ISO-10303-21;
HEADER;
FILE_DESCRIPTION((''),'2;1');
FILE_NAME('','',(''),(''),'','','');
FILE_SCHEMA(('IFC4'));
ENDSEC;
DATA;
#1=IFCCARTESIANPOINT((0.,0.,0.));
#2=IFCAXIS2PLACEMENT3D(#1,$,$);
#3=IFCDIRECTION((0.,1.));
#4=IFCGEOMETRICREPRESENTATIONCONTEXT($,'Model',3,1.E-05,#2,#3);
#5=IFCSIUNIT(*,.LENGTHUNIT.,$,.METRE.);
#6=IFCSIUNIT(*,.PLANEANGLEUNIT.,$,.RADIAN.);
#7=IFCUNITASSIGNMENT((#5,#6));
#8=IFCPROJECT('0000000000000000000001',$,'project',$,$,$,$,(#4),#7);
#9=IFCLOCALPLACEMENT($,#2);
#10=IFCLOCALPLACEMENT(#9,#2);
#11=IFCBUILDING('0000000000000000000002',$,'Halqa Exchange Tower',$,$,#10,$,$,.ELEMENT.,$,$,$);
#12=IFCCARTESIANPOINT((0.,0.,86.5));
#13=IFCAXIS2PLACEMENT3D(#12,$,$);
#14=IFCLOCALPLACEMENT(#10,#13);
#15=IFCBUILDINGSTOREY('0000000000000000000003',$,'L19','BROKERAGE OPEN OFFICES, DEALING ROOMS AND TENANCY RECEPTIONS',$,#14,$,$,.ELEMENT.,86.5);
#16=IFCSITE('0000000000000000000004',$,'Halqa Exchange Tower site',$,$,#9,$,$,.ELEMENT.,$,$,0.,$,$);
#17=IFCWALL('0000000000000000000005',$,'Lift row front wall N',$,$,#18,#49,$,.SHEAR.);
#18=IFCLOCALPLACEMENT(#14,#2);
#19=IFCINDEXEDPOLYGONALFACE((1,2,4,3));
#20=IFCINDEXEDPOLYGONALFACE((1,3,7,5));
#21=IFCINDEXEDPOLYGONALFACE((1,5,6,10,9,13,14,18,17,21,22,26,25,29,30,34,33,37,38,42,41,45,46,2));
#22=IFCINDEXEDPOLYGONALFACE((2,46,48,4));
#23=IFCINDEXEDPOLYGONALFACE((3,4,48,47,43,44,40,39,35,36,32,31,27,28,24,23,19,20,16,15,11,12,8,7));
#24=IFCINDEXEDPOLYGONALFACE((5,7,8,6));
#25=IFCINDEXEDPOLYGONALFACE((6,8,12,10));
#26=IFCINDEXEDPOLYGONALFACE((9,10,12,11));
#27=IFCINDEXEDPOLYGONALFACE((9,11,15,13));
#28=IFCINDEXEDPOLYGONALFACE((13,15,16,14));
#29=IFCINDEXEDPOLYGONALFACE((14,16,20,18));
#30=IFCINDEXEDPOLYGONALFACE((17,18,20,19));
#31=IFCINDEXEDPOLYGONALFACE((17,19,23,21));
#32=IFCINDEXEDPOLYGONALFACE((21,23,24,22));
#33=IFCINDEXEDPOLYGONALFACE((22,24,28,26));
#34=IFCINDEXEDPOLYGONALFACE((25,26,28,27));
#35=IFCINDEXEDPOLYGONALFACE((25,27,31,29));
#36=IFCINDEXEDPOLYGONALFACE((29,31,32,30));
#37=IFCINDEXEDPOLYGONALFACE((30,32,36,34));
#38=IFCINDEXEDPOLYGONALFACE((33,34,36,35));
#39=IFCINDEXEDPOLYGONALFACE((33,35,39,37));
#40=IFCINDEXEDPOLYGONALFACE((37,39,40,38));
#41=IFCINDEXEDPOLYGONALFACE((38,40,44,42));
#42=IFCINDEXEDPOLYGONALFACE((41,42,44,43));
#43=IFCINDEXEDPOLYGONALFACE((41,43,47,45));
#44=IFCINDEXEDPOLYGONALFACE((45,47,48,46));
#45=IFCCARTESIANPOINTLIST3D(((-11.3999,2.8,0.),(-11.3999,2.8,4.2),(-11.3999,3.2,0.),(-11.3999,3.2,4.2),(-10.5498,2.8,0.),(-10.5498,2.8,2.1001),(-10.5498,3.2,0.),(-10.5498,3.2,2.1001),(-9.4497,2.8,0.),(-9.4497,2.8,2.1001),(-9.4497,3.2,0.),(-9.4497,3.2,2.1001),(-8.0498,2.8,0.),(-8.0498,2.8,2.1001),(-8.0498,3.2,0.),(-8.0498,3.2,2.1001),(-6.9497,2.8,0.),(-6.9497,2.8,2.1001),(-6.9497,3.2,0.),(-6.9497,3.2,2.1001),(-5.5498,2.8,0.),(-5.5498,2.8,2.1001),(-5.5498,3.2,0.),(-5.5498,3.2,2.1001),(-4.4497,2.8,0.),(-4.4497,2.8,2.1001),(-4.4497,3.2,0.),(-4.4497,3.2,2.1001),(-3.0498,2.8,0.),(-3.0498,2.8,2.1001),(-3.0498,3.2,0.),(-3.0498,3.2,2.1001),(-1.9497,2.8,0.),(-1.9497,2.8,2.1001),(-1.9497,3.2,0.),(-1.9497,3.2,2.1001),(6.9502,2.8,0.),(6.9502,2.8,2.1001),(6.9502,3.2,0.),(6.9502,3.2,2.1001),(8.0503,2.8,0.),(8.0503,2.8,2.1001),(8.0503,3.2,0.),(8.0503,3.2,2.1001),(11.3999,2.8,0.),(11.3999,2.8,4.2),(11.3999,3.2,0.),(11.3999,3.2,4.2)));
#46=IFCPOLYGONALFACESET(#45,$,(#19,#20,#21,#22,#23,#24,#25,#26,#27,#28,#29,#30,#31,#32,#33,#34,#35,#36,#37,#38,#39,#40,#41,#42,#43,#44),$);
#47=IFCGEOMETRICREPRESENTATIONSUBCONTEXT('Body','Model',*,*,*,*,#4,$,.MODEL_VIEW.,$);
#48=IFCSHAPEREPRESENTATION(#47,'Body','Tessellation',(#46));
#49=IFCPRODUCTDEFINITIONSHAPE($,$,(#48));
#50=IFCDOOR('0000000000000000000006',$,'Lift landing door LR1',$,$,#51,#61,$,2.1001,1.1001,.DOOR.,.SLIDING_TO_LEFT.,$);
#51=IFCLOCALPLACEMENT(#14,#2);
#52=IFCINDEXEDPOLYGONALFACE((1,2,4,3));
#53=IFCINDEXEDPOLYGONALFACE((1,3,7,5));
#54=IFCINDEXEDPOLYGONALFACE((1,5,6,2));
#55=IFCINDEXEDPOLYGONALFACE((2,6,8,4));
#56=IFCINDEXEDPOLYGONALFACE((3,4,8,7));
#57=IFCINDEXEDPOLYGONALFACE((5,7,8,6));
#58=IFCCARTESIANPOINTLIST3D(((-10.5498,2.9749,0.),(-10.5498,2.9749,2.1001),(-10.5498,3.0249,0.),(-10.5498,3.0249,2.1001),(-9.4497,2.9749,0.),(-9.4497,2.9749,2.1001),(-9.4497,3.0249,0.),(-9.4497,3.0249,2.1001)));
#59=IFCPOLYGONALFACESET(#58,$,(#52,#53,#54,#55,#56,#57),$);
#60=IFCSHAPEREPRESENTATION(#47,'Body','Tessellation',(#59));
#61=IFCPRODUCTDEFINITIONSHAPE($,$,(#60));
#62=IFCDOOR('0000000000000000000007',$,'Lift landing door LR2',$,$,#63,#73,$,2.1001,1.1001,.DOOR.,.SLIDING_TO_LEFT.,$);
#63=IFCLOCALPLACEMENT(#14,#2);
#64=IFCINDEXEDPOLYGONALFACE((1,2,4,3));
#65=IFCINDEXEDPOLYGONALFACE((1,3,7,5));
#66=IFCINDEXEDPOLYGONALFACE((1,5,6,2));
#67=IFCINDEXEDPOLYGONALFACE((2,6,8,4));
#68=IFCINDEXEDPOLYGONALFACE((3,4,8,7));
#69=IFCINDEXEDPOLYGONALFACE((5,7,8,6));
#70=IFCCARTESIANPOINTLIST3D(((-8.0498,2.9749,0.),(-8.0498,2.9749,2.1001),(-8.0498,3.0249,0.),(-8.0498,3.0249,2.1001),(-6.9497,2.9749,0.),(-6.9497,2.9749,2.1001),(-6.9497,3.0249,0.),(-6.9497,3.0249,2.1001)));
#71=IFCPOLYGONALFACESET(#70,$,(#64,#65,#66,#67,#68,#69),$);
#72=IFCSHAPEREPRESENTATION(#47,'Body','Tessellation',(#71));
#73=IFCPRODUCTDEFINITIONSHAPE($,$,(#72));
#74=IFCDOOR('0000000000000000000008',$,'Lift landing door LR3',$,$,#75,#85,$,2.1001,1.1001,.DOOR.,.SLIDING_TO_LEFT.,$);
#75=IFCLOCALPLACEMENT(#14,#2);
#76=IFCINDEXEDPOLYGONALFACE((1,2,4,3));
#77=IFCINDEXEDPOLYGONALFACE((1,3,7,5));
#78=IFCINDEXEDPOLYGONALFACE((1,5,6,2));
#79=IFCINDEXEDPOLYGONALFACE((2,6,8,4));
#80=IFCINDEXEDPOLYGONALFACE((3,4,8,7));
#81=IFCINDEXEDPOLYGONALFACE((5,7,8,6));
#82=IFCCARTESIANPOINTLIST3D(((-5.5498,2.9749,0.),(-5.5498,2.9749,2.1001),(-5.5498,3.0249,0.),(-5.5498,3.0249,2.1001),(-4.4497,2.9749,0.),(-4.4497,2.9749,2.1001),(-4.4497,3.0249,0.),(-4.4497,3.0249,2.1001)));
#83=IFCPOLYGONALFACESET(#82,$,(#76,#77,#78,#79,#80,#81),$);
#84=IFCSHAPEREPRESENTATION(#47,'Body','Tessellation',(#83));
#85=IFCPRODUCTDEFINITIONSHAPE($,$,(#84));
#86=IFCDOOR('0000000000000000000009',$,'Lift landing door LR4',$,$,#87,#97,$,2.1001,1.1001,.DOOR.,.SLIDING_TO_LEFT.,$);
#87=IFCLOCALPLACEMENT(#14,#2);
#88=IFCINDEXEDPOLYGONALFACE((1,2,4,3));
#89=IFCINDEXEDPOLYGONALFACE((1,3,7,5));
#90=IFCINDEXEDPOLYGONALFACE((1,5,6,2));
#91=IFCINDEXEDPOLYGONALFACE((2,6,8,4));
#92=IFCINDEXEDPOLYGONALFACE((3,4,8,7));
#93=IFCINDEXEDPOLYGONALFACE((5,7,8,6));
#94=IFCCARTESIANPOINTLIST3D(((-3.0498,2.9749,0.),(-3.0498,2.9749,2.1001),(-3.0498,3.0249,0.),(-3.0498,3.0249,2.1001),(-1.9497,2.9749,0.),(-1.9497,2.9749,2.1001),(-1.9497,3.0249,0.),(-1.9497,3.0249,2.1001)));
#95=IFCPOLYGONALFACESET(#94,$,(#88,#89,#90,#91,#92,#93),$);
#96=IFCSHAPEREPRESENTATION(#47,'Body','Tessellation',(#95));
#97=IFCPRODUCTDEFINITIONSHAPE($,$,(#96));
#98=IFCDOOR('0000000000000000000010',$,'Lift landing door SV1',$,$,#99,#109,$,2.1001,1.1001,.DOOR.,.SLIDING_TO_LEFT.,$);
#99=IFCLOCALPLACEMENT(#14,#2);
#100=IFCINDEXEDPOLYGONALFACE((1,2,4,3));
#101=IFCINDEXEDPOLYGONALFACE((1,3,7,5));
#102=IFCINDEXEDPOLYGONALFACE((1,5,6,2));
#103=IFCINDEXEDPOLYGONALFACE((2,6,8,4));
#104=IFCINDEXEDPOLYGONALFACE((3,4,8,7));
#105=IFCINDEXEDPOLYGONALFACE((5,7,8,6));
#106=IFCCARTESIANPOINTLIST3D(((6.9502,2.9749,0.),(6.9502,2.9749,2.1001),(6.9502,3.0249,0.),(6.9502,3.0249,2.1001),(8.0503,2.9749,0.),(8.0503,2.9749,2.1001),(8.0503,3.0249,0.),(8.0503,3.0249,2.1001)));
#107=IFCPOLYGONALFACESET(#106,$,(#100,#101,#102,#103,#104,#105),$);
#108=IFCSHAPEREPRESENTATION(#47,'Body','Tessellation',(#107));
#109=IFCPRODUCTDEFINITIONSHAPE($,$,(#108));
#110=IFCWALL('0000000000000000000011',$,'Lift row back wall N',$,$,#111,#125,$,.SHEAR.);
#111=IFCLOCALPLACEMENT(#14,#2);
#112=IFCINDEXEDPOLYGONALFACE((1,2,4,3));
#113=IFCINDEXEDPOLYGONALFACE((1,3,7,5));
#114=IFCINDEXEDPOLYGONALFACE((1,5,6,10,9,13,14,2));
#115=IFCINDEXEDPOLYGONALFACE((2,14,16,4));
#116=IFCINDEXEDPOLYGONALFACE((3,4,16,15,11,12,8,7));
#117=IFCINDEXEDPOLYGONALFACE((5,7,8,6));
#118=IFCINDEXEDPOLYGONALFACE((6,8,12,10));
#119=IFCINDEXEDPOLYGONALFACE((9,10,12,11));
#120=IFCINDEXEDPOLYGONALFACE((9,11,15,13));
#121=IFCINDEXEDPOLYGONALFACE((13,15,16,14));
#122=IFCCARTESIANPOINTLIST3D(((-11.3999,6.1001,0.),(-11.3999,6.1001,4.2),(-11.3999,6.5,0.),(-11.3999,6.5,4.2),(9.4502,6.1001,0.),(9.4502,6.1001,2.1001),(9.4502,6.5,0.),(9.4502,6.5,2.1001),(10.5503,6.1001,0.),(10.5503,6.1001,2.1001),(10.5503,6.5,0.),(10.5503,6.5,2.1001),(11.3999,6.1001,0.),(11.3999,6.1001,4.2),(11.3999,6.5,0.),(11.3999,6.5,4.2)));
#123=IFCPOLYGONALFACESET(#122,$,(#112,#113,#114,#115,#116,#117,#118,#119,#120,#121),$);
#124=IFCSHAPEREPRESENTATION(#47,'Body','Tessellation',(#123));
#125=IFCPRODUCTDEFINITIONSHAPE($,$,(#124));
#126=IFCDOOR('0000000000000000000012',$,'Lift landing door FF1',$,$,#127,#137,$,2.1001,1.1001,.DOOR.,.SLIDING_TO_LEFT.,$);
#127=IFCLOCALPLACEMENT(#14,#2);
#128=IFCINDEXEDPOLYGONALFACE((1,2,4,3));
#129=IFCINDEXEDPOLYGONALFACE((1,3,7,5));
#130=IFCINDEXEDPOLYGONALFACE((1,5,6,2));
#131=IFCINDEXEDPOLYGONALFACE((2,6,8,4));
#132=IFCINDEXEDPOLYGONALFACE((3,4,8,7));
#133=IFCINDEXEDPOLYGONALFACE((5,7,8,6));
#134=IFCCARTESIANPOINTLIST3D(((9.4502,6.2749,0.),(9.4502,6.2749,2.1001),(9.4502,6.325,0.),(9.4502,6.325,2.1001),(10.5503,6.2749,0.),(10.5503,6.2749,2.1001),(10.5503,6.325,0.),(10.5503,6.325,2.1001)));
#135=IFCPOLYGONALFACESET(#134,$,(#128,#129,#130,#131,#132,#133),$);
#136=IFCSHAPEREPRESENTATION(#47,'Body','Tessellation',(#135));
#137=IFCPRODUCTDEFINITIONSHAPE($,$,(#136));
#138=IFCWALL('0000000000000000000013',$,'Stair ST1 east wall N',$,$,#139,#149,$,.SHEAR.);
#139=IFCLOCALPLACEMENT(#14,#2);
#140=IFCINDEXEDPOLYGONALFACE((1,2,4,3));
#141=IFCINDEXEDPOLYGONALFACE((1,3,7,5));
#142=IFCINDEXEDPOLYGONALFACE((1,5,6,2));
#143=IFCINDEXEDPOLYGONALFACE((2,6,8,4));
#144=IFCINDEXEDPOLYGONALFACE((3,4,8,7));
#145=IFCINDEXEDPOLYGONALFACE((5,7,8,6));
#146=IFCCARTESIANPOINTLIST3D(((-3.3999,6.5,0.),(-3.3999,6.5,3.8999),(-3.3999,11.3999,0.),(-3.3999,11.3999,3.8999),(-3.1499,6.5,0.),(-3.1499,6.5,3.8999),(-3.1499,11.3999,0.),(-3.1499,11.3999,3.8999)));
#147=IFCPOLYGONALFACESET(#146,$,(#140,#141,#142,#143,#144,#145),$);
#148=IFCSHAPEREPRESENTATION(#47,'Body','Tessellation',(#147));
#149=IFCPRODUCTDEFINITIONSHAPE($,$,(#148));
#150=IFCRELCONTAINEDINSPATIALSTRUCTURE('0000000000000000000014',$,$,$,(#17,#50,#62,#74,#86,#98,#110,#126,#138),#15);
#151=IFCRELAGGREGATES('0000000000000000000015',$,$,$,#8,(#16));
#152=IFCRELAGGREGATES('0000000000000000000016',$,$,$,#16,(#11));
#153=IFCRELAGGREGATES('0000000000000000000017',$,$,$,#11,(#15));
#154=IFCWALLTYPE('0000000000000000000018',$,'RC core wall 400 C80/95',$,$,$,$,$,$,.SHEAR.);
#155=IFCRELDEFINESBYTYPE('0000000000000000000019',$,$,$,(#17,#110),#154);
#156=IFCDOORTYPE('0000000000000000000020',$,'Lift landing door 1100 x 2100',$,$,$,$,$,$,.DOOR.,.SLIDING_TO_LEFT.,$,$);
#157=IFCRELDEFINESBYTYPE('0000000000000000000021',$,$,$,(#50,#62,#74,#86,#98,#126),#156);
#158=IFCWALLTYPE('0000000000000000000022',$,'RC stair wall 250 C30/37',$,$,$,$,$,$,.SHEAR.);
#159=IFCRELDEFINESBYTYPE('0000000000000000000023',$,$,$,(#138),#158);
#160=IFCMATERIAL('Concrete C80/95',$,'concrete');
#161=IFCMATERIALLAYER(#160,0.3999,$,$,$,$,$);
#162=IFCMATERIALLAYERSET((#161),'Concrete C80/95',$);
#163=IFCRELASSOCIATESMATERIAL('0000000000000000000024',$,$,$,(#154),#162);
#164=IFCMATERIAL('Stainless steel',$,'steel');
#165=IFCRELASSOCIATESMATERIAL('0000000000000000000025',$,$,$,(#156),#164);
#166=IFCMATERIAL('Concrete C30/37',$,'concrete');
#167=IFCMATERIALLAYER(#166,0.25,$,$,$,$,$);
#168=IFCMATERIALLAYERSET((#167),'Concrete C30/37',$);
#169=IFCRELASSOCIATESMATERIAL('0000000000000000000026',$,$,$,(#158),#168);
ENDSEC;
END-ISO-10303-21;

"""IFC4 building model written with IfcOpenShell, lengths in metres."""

from ifc_helpers import new_model, si_unit, direction, frame, frame_2d, origin, place, context, subcontext, project, spatial, rectangle, extrude, material, layer, layer_set, type_object, element, fill, save


model = new_model("IFC4")

# Units and contexts
model_context = context("Model", 3, precision=1e-05, world=origin(), true_north=direction((0.0, 1.0)))
body_context = subcontext(model_context, "Body", "Model", "MODEL_VIEW")
ifc_project = project(units=[si_unit("LENGTHUNIT", "METRE"), si_unit("PLANEANGLEUNIT", "RADIAN")], contexts=[model_context])

# Site, building, storey
site_placement = place(None, origin())
site = spatial("IfcSite", under=ifc_project, at=site_placement, Name="Halqa Exchange Tower site", CompositionType="ELEMENT", RefElevation=0.0)
building_placement = place(site_placement, origin())
building = spatial("IfcBuilding", under=site, at=building_placement, Name="Halqa Exchange Tower", CompositionType="ELEMENT")
storey_placement = place(building_placement, frame((0.0, 0.0, 86.5)))
storey = spatial("IfcBuildingStorey", under=building, at=storey_placement, Name="L19", Description="BROKERAGE OPEN OFFICES, DEALING ROOMS AND TENANCY RECEPTIONS", CompositionType="ELEMENT", Elevation=86.5)

# Wall, openings, doors
ifc_material_1 = material(Name="Concrete C80/95", Category="concrete")
ifc_layer_1 = layer(ifc_material_1, 0.3999)
ifc_layer_set_1 = layer_set([ifc_layer_1], Name="Concrete C80/95")
wall_type_1 = type_object("IfcWallType", Name="RC core wall 400 C80/95", PredefinedType="SHEAR", material=ifc_layer_set_1)
wall_1_placement = place(storey_placement, frame((-11.3999, 3.0, 0.0), z_axis=(0.0, 0.0, 1.0), x_axis=(1.0, 0.0, 0.0)))
wall_1 = element("IfcWall", 1, at=wall_1_placement, inside=storey, type_object=wall_type_1, Name="Lift row front wall N", PredefinedType="SHEAR", context=body_context, shape_type="SweptSolid", body=[
    extrude(rectangle(XDim=22.7998, YDim=0.3999, at=frame_2d((11.3999, 0.0))), origin(), (0.0, 0.0, 1.0), 4.2),
])
opening_1_placement = place(wall_1_placement, frame((0.8501, 0.0, 0.0)))
opening_1 = element("IfcOpeningElement", 2, at=opening_1_placement, cuts=wall_1, PredefinedType="OPENING", context=body_context, shape_type="SweptSolid", body=[
    extrude(rectangle(XDim=1.1001, YDim=2.1001, at=frame_2d((0.55, 1.05))), frame((0.0, 0.2119, 0.0), z_axis=(0.0, -1.0, 0.0), x_axis=(1.0, 0.0, 0.0)), (0.0, 0.0, 1.0), 0.4238),
])
opening_2_placement = place(wall_1_placement, frame((3.3501, 0.0, 0.0)))
opening_2 = element("IfcOpeningElement", 3, at=opening_2_placement, cuts=wall_1, PredefinedType="OPENING", context=body_context, shape_type="SweptSolid", body=[
    extrude(rectangle(XDim=1.1001, YDim=2.1001, at=frame_2d((0.55, 1.05))), frame((0.0, 0.2119, 0.0), z_axis=(0.0, -1.0, 0.0), x_axis=(1.0, 0.0, 0.0)), (0.0, 0.0, 1.0), 0.4238),
])
opening_3_placement = place(wall_1_placement, frame((5.8501, 0.0, 0.0)))
opening_3 = element("IfcOpeningElement", 4, at=opening_3_placement, cuts=wall_1, PredefinedType="OPENING", context=body_context, shape_type="SweptSolid", body=[
    extrude(rectangle(XDim=1.1001, YDim=2.1001, at=frame_2d((0.55, 1.05))), frame((0.0, 0.2119, 0.0), z_axis=(0.0, -1.0, 0.0), x_axis=(1.0, 0.0, 0.0)), (0.0, 0.0, 1.0), 0.4238),
])
opening_4_placement = place(wall_1_placement, frame((8.3501, 0.0, 0.0)))
opening_4 = element("IfcOpeningElement", 5, at=opening_4_placement, cuts=wall_1, PredefinedType="OPENING", context=body_context, shape_type="SweptSolid", body=[
    extrude(rectangle(XDim=1.1001, YDim=2.1001, at=frame_2d((0.55, 1.05))), frame((0.0, 0.2119, 0.0), z_axis=(0.0, -1.0, 0.0), x_axis=(1.0, 0.0, 0.0)), (0.0, 0.0, 1.0), 0.4238),
])
opening_5_placement = place(wall_1_placement, frame((18.3501, 0.0, 0.0)))
opening_5 = element("IfcOpeningElement", 6, at=opening_5_placement, cuts=wall_1, PredefinedType="OPENING", context=body_context, shape_type="SweptSolid", body=[
    extrude(rectangle(XDim=1.1001, YDim=2.1001, at=frame_2d((0.55, 1.05))), frame((0.0, 0.2119, 0.0), z_axis=(0.0, -1.0, 0.0), x_axis=(1.0, 0.0, 0.0)), (0.0, 0.0, 1.0), 0.4238),
])
ifc_material_2 = material(Name="Stainless steel", Category="steel")
door_type = type_object("IfcDoorType", Name="Lift landing door 1100 x 2100", OperationType="SLIDING_TO_LEFT", PredefinedType="DOOR", material=ifc_material_2)
door_1_placement = place(opening_1_placement, origin())
door_1 = element("IfcDoor", 7, at=door_1_placement, inside=storey, type_object=door_type, Name="Lift landing door LR1", OperationType="SLIDING_TO_LEFT", OverallHeight=2.1001, OverallWidth=1.1001, PredefinedType="DOOR", context=body_context, shape_type="SweptSolid", body=[
    extrude(rectangle(XDim=1.1001, YDim=2.1001, at=frame_2d((0.55, 1.05))), frame((0.0, 0.0249, 0.0), z_axis=(0.0, -1.0, 0.0), x_axis=(1.0, 0.0, 0.0)), (0.0, 0.0, 1.0), 0.05),
])
fill(opening_1, door_1)
door_2_placement = place(opening_2_placement, origin())
door_2 = element("IfcDoor", 8, at=door_2_placement, inside=storey, type_object=door_type, Name="Lift landing door LR2", OperationType="SLIDING_TO_LEFT", OverallHeight=2.1001, OverallWidth=1.1001, PredefinedType="DOOR", context=body_context, shape_type="SweptSolid", body=[
    extrude(rectangle(XDim=1.1001, YDim=2.1001, at=frame_2d((0.55, 1.05))), frame((0.0, 0.0249, 0.0), z_axis=(0.0, -1.0, 0.0), x_axis=(1.0, 0.0, 0.0)), (0.0, 0.0, 1.0), 0.05),
])
fill(opening_2, door_2)
door_3_placement = place(opening_3_placement, origin())
door_3 = element("IfcDoor", 9, at=door_3_placement, inside=storey, type_object=door_type, Name="Lift landing door LR3", OperationType="SLIDING_TO_LEFT", OverallHeight=2.1001, OverallWidth=1.1001, PredefinedType="DOOR", context=body_context, shape_type="SweptSolid", body=[
    extrude(rectangle(XDim=1.1001, YDim=2.1001, at=frame_2d((0.55, 1.05))), frame((0.0, 0.0249, 0.0), z_axis=(0.0, -1.0, 0.0), x_axis=(1.0, 0.0, 0.0)), (0.0, 0.0, 1.0), 0.05),
])
fill(opening_3, door_3)
door_4_placement = place(opening_4_placement, origin())
door_4 = element("IfcDoor", 10, at=door_4_placement, inside=storey, type_object=door_type, Name="Lift landing door LR4", OperationType="SLIDING_TO_LEFT", OverallHeight=2.1001, OverallWidth=1.1001, PredefinedType="DOOR", context=body_context, shape_type="SweptSolid", body=[
    extrude(rectangle(XDim=1.1001, YDim=2.1001, at=frame_2d((0.55, 1.05))), frame((0.0, 0.0249, 0.0), z_axis=(0.0, -1.0, 0.0), x_axis=(1.0, 0.0, 0.0)), (0.0, 0.0, 1.0), 0.05),
])
fill(opening_4, door_4)
door_5_placement = place(opening_5_placement, origin())
door_5 = element("IfcDoor", 11, at=door_5_placement, inside=storey, type_object=door_type, Name="Lift landing door SV1", OperationType="SLIDING_TO_LEFT", OverallHeight=2.1001, OverallWidth=1.1001, PredefinedType="DOOR", context=body_context, shape_type="SweptSolid", body=[
    extrude(rectangle(XDim=1.1001, YDim=2.1001, at=frame_2d((0.55, 1.05))), frame((0.0, 0.0249, 0.0), z_axis=(0.0, -1.0, 0.0), x_axis=(1.0, 0.0, 0.0)), (0.0, 0.0, 1.0), 0.05),
])
fill(opening_5, door_5)

# Wall, opening, door
wall_2_placement = place(storey_placement, frame((-11.3999, 6.3, 0.0), z_axis=(0.0, 0.0, 1.0), x_axis=(1.0, 0.0, 0.0)))
wall_2 = element("IfcWall", 12, at=wall_2_placement, inside=storey, type_object=wall_type_1, Name="Lift row back wall N", PredefinedType="SHEAR", context=body_context, shape_type="SweptSolid", body=[
    extrude(rectangle(XDim=22.7998, YDim=0.3999, at=frame_2d((11.3999, 0.0))), origin(), (0.0, 0.0, 1.0), 4.2),
])
opening_6_placement = place(wall_2_placement, frame((20.8501, 0.0, 0.0)))
opening_6 = element("IfcOpeningElement", 13, at=opening_6_placement, cuts=wall_2, PredefinedType="OPENING", context=body_context, shape_type="SweptSolid", body=[
    extrude(rectangle(XDim=1.1001, YDim=2.1001, at=frame_2d((0.55, 1.05))), frame((0.0, 0.2119, 0.0), z_axis=(0.0, -1.0, 0.0), x_axis=(1.0, 0.0, 0.0)), (0.0, 0.0, 1.0), 0.4238),
])
door_6_placement = place(opening_6_placement, origin())
door_6 = element("IfcDoor", 14, at=door_6_placement, inside=storey, type_object=door_type, Name="Lift landing door FF1", OperationType="SLIDING_TO_LEFT", OverallHeight=2.1001, OverallWidth=1.1001, PredefinedType="DOOR", context=body_context, shape_type="SweptSolid", body=[
    extrude(rectangle(XDim=1.1001, YDim=2.1001, at=frame_2d((0.55, 1.05))), frame((0.0, 0.0249, 0.0), z_axis=(0.0, -1.0, 0.0), x_axis=(1.0, 0.0, 0.0)), (0.0, 0.0, 1.0), 0.05),
])
fill(opening_6, door_6)

# Wall
ifc_material_3 = material(Name="Concrete C30/37", Category="concrete")
ifc_layer_2 = layer(ifc_material_3, 0.25)
ifc_layer_set_2 = layer_set([ifc_layer_2], Name="Concrete C30/37")
wall_type_2 = type_object("IfcWallType", Name="RC stair wall 250 C30/37", PredefinedType="SHEAR", material=ifc_layer_set_2)
wall_3_placement = place(storey_placement, frame((-3.2749, 6.5, 0.0), z_axis=(0.0, 0.0, 1.0), x_axis=(0.0, 1.0, 0.0)))
element("IfcWall", 15, at=wall_3_placement, inside=storey, type_object=wall_type_2, Name="Stair ST1 east wall N", PredefinedType="SHEAR", context=body_context, shape_type="SweptSolid", body=[
    extrude(rectangle(XDim=4.8999, YDim=0.25, at=frame_2d((2.45, 0.0))), origin(), (0.0, 0.0, 1.0), 3.8999),
])

save(model, "model.ifc")
